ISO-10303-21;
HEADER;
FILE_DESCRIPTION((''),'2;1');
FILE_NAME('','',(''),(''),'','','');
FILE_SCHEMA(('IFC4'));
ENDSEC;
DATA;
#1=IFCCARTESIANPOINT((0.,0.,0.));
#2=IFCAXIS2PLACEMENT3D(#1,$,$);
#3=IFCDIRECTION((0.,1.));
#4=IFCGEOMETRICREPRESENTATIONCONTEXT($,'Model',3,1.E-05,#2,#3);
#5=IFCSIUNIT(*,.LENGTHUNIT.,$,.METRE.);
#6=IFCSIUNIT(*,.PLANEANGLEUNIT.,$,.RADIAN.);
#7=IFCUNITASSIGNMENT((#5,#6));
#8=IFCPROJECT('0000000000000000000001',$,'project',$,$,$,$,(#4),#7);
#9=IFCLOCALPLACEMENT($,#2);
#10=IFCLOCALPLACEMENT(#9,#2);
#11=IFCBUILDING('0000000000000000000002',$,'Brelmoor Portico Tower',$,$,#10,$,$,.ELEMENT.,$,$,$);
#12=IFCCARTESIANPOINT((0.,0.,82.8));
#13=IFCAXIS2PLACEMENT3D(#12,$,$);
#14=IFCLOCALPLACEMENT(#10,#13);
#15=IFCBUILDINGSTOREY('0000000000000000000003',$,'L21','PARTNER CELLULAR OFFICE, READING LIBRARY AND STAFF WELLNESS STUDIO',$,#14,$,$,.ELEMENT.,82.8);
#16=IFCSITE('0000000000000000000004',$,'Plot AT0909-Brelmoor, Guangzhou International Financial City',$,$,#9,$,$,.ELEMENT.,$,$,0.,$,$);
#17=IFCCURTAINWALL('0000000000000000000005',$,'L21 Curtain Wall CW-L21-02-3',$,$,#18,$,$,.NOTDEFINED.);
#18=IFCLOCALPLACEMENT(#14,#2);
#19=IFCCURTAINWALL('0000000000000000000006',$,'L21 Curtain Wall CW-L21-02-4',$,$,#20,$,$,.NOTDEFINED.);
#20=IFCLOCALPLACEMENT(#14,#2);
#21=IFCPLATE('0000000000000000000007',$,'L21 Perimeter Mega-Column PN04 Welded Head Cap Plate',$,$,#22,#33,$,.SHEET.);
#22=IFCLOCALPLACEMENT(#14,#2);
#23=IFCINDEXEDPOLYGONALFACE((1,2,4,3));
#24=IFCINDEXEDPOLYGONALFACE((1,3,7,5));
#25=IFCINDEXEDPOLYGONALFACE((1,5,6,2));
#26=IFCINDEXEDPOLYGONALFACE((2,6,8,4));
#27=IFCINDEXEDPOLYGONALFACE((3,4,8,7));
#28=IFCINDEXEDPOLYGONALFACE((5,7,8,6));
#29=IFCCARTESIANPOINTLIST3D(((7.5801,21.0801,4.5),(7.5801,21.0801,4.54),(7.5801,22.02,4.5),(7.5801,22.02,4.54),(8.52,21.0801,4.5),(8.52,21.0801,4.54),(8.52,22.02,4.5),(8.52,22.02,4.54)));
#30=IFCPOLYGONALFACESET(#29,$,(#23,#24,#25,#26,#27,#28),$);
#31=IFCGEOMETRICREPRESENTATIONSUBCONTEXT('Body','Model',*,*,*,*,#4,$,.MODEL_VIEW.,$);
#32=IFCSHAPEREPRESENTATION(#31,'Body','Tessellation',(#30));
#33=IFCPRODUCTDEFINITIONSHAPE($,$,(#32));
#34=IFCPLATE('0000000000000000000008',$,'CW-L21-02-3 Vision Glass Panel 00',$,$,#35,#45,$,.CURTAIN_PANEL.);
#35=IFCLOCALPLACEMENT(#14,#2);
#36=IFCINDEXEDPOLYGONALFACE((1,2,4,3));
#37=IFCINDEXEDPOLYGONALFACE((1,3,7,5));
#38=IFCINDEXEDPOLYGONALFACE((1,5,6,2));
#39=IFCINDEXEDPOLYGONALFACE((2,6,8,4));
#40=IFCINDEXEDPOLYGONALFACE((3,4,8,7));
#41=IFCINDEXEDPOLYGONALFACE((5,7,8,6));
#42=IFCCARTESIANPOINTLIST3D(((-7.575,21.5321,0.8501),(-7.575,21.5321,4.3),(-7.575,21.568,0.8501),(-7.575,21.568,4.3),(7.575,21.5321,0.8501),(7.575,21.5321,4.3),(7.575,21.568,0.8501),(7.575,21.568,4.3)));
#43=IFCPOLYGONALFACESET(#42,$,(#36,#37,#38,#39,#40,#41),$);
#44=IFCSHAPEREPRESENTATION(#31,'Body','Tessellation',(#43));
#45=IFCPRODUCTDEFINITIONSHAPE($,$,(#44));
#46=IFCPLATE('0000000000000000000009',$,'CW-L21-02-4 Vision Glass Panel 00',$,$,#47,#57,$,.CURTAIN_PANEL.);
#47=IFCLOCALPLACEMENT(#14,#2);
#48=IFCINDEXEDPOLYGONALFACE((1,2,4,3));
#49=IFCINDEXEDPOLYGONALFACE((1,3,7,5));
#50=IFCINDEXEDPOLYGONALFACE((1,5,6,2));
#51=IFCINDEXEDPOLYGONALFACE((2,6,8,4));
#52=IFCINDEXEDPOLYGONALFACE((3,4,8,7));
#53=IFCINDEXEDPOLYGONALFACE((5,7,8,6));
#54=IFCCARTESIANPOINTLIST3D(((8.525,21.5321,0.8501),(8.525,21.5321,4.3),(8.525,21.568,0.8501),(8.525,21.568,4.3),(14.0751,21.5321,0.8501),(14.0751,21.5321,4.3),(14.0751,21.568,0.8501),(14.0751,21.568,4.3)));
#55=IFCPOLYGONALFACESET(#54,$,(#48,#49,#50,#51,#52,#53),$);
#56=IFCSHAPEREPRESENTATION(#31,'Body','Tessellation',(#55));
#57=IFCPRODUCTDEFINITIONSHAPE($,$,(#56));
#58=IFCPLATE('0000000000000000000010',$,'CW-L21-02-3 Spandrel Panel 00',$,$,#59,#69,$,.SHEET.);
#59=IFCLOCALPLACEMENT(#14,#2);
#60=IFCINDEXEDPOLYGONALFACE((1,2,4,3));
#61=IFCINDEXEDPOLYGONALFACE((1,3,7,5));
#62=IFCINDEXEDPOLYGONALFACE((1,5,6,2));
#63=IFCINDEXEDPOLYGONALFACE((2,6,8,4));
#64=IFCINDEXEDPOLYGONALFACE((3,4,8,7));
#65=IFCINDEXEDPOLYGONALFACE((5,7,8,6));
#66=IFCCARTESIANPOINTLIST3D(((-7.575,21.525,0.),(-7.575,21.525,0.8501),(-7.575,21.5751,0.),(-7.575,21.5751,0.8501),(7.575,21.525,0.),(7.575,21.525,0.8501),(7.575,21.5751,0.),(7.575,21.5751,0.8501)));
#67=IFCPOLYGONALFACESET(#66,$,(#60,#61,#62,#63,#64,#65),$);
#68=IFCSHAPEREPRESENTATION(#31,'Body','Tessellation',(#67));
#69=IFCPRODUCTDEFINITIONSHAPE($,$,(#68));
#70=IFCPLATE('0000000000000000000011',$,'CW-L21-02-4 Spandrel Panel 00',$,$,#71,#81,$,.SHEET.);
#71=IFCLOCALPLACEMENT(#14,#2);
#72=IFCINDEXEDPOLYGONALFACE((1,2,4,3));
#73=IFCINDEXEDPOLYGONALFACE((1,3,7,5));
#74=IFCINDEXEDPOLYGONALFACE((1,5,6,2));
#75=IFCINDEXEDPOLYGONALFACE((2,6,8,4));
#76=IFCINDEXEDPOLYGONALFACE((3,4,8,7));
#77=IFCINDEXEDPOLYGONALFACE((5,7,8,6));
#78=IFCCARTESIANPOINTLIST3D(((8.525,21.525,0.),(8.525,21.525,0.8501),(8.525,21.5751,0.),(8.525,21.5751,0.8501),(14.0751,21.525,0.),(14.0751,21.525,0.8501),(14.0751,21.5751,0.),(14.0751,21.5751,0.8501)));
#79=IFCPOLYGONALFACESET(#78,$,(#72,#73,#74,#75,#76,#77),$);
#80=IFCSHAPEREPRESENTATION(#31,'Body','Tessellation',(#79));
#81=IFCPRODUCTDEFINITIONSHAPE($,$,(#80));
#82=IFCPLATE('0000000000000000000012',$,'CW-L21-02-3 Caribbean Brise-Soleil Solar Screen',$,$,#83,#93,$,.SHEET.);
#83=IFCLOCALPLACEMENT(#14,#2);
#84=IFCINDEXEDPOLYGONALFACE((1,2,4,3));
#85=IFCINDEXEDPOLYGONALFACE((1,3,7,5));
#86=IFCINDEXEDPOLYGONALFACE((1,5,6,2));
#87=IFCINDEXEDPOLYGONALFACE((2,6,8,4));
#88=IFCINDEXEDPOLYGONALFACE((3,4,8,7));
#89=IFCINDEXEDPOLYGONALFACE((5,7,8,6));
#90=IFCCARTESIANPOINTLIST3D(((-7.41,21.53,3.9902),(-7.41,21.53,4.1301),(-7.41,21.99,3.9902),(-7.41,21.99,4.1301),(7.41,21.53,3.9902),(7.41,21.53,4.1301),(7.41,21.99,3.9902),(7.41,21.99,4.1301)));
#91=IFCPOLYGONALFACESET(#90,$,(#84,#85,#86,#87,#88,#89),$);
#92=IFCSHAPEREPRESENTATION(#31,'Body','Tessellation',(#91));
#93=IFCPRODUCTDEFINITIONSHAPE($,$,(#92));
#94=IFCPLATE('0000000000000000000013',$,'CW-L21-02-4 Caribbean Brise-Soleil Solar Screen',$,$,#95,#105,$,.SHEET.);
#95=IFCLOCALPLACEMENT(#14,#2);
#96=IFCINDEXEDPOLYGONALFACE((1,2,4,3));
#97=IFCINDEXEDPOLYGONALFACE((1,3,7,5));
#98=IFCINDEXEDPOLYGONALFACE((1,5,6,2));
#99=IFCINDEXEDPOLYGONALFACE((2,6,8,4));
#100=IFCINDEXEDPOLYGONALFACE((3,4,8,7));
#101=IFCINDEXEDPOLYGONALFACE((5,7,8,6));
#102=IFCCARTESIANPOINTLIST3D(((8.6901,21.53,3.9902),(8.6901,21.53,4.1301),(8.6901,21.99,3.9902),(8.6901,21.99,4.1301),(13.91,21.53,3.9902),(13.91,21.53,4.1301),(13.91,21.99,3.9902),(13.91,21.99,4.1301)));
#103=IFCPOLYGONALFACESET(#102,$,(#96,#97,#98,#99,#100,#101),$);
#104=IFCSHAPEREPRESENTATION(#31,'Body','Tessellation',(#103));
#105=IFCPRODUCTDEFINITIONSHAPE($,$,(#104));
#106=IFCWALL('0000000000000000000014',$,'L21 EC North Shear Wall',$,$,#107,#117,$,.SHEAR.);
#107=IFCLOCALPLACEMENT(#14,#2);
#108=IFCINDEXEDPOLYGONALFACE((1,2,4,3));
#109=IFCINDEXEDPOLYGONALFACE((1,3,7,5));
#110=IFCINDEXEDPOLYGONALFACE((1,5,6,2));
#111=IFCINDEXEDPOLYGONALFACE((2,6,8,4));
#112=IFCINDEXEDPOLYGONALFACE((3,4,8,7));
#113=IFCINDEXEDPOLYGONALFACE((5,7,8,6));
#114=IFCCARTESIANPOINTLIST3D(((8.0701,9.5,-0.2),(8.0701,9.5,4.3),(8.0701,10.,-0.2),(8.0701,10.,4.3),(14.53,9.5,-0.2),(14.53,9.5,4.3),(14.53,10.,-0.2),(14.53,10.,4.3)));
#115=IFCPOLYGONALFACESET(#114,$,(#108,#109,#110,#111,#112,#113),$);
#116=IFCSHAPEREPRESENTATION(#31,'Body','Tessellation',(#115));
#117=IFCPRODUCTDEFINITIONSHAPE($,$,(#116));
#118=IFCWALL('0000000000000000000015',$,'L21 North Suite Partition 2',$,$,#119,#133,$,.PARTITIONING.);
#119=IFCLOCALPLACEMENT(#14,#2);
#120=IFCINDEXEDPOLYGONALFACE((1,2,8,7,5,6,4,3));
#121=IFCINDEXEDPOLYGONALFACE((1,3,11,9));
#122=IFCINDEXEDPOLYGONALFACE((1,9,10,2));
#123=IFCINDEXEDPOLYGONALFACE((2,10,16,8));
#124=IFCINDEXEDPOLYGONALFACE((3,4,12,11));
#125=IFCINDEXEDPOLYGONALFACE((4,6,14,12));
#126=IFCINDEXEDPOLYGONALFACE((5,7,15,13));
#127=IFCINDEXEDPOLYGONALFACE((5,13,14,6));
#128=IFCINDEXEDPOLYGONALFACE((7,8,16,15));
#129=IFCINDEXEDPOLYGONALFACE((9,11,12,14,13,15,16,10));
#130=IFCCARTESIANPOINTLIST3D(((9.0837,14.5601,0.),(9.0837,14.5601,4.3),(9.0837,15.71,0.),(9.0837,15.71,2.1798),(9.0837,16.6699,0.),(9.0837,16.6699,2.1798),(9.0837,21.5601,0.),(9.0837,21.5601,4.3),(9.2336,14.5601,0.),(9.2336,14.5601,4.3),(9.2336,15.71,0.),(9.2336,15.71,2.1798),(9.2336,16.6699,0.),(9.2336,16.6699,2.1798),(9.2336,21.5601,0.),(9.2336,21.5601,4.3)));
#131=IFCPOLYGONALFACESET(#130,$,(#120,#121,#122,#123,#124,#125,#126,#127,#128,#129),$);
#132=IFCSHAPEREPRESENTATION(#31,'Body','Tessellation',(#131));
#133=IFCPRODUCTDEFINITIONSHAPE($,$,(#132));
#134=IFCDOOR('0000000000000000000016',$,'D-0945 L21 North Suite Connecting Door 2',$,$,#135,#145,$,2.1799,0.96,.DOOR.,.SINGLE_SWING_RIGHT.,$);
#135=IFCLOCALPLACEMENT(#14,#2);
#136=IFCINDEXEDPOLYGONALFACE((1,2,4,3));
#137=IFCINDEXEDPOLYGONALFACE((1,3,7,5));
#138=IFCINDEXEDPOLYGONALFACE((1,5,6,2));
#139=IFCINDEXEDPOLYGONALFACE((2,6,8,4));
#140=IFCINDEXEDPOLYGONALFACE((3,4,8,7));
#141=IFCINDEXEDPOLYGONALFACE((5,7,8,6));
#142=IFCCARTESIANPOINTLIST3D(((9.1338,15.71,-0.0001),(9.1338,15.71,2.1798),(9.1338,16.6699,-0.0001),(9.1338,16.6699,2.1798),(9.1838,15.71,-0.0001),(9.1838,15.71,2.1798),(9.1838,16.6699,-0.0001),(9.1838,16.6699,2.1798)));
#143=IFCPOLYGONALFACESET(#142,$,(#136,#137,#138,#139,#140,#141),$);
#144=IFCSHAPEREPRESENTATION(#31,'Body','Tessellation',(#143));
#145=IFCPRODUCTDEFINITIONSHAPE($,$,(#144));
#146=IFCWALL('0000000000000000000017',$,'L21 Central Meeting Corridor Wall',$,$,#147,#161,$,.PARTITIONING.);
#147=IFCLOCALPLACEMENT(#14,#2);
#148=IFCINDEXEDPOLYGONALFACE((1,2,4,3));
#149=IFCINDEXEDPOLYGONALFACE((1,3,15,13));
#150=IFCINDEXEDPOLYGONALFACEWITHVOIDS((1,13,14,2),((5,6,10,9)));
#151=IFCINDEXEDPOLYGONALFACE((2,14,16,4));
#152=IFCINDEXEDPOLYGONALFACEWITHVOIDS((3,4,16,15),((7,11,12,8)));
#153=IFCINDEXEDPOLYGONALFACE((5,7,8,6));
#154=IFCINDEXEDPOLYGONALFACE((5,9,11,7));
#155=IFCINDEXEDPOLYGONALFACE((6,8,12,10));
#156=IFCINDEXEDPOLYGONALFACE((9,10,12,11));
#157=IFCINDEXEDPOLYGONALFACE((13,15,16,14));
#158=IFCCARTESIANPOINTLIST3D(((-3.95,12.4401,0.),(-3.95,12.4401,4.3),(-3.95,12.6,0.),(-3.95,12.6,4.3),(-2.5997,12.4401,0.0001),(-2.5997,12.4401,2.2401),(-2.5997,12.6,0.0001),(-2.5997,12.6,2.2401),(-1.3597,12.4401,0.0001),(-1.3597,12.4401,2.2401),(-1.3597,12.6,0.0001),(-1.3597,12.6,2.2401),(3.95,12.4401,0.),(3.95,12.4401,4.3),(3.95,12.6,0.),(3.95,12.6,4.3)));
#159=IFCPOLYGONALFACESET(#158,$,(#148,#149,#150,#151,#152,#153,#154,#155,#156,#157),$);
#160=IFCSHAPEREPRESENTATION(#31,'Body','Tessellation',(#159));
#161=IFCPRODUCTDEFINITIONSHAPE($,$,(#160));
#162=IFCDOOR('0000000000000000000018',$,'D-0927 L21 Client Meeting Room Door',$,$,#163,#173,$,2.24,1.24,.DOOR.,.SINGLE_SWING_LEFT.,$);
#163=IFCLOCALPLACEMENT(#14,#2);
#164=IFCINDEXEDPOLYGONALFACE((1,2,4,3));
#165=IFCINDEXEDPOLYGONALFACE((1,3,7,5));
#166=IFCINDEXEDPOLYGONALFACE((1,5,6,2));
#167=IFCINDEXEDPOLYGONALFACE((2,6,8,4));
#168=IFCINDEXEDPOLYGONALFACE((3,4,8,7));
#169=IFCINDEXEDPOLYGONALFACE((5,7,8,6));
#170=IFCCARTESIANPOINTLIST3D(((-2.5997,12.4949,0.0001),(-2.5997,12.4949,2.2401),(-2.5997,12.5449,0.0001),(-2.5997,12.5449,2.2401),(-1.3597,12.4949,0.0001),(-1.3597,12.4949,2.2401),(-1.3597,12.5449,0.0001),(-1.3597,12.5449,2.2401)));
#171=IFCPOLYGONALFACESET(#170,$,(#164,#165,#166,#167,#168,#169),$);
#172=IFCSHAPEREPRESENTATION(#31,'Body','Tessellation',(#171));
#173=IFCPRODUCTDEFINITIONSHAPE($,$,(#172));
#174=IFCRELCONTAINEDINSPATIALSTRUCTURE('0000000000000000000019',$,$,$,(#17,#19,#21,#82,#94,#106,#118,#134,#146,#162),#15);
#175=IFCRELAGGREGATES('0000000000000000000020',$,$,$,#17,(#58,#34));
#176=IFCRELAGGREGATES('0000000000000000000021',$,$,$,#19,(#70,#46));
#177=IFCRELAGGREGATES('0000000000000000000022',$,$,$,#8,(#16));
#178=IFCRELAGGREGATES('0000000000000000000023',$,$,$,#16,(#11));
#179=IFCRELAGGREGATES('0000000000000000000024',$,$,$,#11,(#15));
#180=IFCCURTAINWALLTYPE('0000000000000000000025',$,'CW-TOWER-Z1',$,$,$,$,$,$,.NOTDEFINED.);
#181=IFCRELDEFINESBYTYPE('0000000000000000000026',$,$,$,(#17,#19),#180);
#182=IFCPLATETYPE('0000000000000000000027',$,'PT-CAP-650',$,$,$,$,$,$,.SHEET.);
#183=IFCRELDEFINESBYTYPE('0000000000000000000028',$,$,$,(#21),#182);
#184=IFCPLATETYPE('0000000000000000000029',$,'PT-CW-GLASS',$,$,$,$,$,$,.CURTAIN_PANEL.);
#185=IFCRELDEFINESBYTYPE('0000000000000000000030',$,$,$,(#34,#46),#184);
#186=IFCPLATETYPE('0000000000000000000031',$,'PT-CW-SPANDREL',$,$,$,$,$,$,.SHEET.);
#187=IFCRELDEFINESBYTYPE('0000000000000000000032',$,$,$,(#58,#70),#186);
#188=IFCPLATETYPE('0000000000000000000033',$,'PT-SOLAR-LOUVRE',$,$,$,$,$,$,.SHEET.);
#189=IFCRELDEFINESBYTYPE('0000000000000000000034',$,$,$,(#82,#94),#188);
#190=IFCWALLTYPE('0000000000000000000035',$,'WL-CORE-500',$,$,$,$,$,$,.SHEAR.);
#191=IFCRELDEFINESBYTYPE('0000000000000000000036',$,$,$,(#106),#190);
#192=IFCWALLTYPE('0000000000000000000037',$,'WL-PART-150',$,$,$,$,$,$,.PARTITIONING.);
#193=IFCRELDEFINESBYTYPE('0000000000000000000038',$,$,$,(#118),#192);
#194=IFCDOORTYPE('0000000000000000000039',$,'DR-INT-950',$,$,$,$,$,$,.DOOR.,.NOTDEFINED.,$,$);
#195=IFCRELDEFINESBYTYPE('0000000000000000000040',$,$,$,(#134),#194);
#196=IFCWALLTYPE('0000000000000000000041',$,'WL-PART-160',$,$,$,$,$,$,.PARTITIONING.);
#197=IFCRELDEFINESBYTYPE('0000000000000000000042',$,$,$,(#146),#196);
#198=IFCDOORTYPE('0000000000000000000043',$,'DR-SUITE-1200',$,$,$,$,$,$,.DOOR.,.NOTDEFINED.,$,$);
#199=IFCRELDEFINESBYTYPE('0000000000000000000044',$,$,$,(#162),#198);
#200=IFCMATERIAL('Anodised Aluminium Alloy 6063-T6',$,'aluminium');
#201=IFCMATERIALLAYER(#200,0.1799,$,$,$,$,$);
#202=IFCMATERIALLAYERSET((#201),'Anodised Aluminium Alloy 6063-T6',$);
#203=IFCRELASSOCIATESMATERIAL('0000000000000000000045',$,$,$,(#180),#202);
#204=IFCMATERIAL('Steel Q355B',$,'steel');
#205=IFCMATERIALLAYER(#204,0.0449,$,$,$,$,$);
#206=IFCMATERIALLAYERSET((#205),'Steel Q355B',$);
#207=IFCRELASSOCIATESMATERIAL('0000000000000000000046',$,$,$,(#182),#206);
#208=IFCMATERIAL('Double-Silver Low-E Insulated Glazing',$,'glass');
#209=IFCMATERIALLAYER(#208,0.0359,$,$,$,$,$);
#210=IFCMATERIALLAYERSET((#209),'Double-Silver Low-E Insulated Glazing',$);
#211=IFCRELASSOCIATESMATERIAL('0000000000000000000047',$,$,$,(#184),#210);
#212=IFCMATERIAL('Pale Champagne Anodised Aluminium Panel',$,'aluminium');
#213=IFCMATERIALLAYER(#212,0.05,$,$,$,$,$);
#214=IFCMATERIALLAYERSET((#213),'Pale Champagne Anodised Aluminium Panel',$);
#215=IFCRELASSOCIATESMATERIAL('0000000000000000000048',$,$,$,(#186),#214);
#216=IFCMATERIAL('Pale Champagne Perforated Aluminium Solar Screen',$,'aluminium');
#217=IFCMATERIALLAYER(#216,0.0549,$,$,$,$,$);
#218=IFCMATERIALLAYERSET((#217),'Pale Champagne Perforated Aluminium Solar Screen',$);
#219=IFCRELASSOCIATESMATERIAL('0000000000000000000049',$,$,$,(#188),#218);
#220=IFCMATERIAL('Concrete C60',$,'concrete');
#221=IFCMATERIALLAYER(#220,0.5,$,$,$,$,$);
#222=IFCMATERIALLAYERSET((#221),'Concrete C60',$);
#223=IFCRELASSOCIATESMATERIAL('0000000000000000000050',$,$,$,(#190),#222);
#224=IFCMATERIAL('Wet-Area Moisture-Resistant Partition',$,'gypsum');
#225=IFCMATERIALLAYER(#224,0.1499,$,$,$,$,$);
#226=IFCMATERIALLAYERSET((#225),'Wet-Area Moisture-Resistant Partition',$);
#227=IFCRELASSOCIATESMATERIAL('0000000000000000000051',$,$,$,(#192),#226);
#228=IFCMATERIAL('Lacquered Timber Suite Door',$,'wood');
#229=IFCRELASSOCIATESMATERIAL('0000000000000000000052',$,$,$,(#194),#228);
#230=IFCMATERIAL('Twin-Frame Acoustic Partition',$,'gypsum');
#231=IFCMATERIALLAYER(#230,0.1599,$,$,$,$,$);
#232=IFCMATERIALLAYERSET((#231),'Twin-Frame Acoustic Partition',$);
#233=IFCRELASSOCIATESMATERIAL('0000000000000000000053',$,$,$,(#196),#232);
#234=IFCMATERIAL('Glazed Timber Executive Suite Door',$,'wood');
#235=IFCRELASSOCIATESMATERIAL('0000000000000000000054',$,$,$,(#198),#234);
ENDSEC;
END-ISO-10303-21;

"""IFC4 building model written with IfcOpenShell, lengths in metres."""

from ifc_helpers import new_model, si_unit, direction, frame, frame_2d, origin, origin_2d, place, context, subcontext, project, spatial, rectangle, extrude, material, layer, layer_set, type_object, element, fill, aggregate, save


model = new_model("IFC4")

# Units and contexts
model_context = context("Model", 3, precision=1e-05, world=origin(), true_north=direction((0.0, 1.0)))
body_context = subcontext(model_context, "Body", "Model", "MODEL_VIEW")
ifc_project = project(units=[si_unit("LENGTHUNIT", "METRE"), si_unit("PLANEANGLEUNIT", "RADIAN")], contexts=[model_context])

# Site, building, storey
site_placement = place(None, origin())
site = spatial("IfcSite", under=ifc_project, at=site_placement, Name="Plot AT0909-Brelmoor, Guangzhou International Financial City", CompositionType="ELEMENT", RefElevation=0.0)
building_placement = place(site_placement, origin())
building = spatial("IfcBuilding", under=site, at=building_placement, Name="Brelmoor Portico Tower", CompositionType="ELEMENT")
storey_placement = place(building_placement, frame((0.0, 0.0, 82.8)))
storey = spatial("IfcBuildingStorey", under=building, at=storey_placement, Name="L21", Description="PARTNER CELLULAR OFFICE, READING LIBRARY AND STAFF WELLNESS STUDIO", CompositionType="ELEMENT", Elevation=82.8)

# Shared definitions
ifc_material_1 = material(Name="Steel Q355B", Category="steel")

# Curtain wall
ifc_material_2 = material(Name="Anodised Aluminium Alloy 6063-T6", Category="aluminium")
ifc_layer_1 = layer(ifc_material_2, 0.1799)
ifc_layer_set_1 = layer_set([ifc_layer_1], Name="Anodised Aluminium Alloy 6063-T6")
curtain_wall_type = type_object("IfcCurtainWallType", Name="CW-TOWER-Z1", PredefinedType="NOTDEFINED", material=ifc_layer_set_1)
curtain_wall_1_placement = place(storey_placement, origin())
curtain_wall_1 = element("IfcCurtainWall", 1, at=curtain_wall_1_placement, inside=storey, type_object=curtain_wall_type, Name="L21 Curtain Wall CW-L21-02-3", PredefinedType="NOTDEFINED")

# Curtain wall
curtain_wall_2_placement = place(storey_placement, origin())
curtain_wall_2 = element("IfcCurtainWall", 2, at=curtain_wall_2_placement, inside=storey, type_object=curtain_wall_type, Name="L21 Curtain Wall CW-L21-02-4", PredefinedType="NOTDEFINED")

# Plates
ifc_layer_2 = layer(ifc_material_1, 0.0449)
ifc_layer_set_2 = layer_set([ifc_layer_2], Name="Steel Q355B")
plate_type_1 = type_object("IfcPlateType", Name="PT-CAP-650", PredefinedType="SHEET", material=ifc_layer_set_2)
plate_1_placement = place(storey_placement, frame((8.05, 21.55, 4.5), z_axis=(0.0, 0.0, 1.0), x_axis=(1.0, 0.0, 0.0)))
element("IfcPlate", 3, at=plate_1_placement, inside=storey, type_object=plate_type_1, Name="L21 Perimeter Mega-Column PN04 Welded Head Cap Plate", PredefinedType="SHEET", context=body_context, shape_type="SweptSolid", body=[
    extrude(rectangle(XDim=0.9399, YDim=0.9399, at=origin_2d()), origin(), (0.0, 0.0, 1.0), 0.04),
])
ifc_material_3 = material(Name="Double-Silver Low-E Insulated Glazing", Category="glass")
ifc_layer_3 = layer(ifc_material_3, 0.0359)
ifc_layer_set_3 = layer_set([ifc_layer_3], Name="Double-Silver Low-E Insulated Glazing")
plate_type_2 = type_object("IfcPlateType", Name="PT-CW-GLASS", PredefinedType="CURTAIN_PANEL", material=ifc_layer_set_3)
plate_2_placement = place(storey_placement, frame((0.0, 21.55, 0.8501), z_axis=(0.0, 0.0, 1.0), x_axis=(1.0, 0.0, 0.0)))
plate_2 = element("IfcPlate", 4, at=plate_2_placement, type_object=plate_type_2, Name="CW-L21-02-3 Vision Glass Panel 00", PredefinedType="CURTAIN_PANEL", context=body_context, shape_type="SweptSolid", body=[
    extrude(rectangle(XDim=15.1499, YDim=0.0359, at=origin_2d()), origin(), (0.0, 0.0, 1.0), 3.45),
])
plate_3_placement = place(storey_placement, frame((11.3, 21.55, 0.8501), z_axis=(0.0, 0.0, 1.0), x_axis=(1.0, 0.0, 0.0)))
plate_3 = element("IfcPlate", 5, at=plate_3_placement, type_object=plate_type_2, Name="CW-L21-02-4 Vision Glass Panel 00", PredefinedType="CURTAIN_PANEL", context=body_context, shape_type="SweptSolid", body=[
    extrude(rectangle(XDim=5.55, YDim=0.0359, at=origin_2d()), origin(), (0.0, 0.0, 1.0), 3.45),
])
ifc_material_4 = material(Name="Pale Champagne Anodised Aluminium Panel", Category="aluminium")
ifc_layer_4 = layer(ifc_material_4, 0.05)
ifc_layer_set_4 = layer_set([ifc_layer_4], Name="Pale Champagne Anodised Aluminium Panel")
plate_type_3 = type_object("IfcPlateType", Name="PT-CW-SPANDREL", PredefinedType="SHEET", material=ifc_layer_set_4)
plate_4_placement = place(storey_placement, frame((0.0, 21.55, 0.0), z_axis=(0.0, 0.0, 1.0), x_axis=(1.0, 0.0, 0.0)))
plate_4 = element("IfcPlate", 6, at=plate_4_placement, type_object=plate_type_3, Name="CW-L21-02-3 Spandrel Panel 00", PredefinedType="SHEET", context=body_context, shape_type="SweptSolid", body=[
    extrude(rectangle(XDim=15.1499, YDim=0.05, at=origin_2d()), origin(), (0.0, 0.0, 1.0), 0.8501),
])
aggregate(curtain_wall_1, [plate_4, plate_2])
plate_5_placement = place(storey_placement, frame((11.3, 21.55, 0.0), z_axis=(0.0, 0.0, 1.0), x_axis=(1.0, 0.0, 0.0)))
plate_5 = element("IfcPlate", 7, at=plate_5_placement, type_object=plate_type_3, Name="CW-L21-02-4 Spandrel Panel 00", PredefinedType="SHEET", context=body_context, shape_type="SweptSolid", body=[
    extrude(rectangle(XDim=5.55, YDim=0.05, at=origin_2d()), origin(), (0.0, 0.0, 1.0), 0.8501),
])
aggregate(curtain_wall_2, [plate_5, plate_3])

# Plates
ifc_material_5 = material(Name="Pale Champagne Perforated Aluminium Solar Screen", Category="aluminium")
ifc_layer_5 = layer(ifc_material_5, 0.0549)
ifc_layer_set_5 = layer_set([ifc_layer_5], Name="Pale Champagne Perforated Aluminium Solar Screen")
plate_type_4 = type_object("IfcPlateType", Name="PT-SOLAR-LOUVRE", PredefinedType="SHEET", material=ifc_layer_set_5)
plate_6_placement = place(storey_placement, frame((0.0, 21.76, 3.9902), z_axis=(0.0, 0.0, 1.0), x_axis=(1.0, 0.0, 0.0)))
element("IfcPlate", 8, at=plate_6_placement, inside=storey, type_object=plate_type_4, Name="CW-L21-02-3 Caribbean Brise-Soleil Solar Screen", PredefinedType="SHEET", context=body_context, shape_type="SweptSolid", body=[
    extrude(rectangle(XDim=14.8201, YDim=0.46, at=origin_2d()), origin(), (0.0, 0.0, 1.0), 0.1399),
])
plate_7_placement = place(storey_placement, frame((11.3, 21.76, 3.9902), z_axis=(0.0, 0.0, 1.0), x_axis=(1.0, 0.0, 0.0)))
element("IfcPlate", 9, at=plate_7_placement, inside=storey, type_object=plate_type_4, Name="CW-L21-02-4 Caribbean Brise-Soleil Solar Screen", PredefinedType="SHEET", context=body_context, shape_type="SweptSolid", body=[
    extrude(rectangle(XDim=5.22, YDim=0.46, at=origin_2d()), origin(), (0.0, 0.0, 1.0), 0.1399),
])

# Wall
ifc_material_6 = material(Name="Concrete C60", Category="concrete")
ifc_layer_6 = layer(ifc_material_6, 0.5)
ifc_layer_set_6 = layer_set([ifc_layer_6], Name="Concrete C60")
wall_type_1 = type_object("IfcWallType", Name="WL-CORE-500", PredefinedType="SHEAR", material=ifc_layer_set_6)
wall_1_placement = place(storey_placement, frame((8.0701, 9.75, -0.2), z_axis=(0.0, 0.0, 1.0), x_axis=(1.0, 0.0, 0.0)))
element("IfcWall", 10, at=wall_1_placement, inside=storey, type_object=wall_type_1, Name="L21 EC North Shear Wall", PredefinedType="SHEAR", context=body_context, shape_type="SweptSolid", body=[
    extrude(rectangle(XDim=6.46, YDim=0.5, at=frame_2d((3.23, 0.0))), origin(), (0.0, 0.0, 1.0), 4.5),
])

# Walls, openings, doors
ifc_material_7 = material(Name="Wet-Area Moisture-Resistant Partition", Category="gypsum")
ifc_layer_7 = layer(ifc_material_7, 0.1499)
ifc_layer_set_7 = layer_set([ifc_layer_7], Name="Wet-Area Moisture-Resistant Partition")
wall_type_2 = type_object("IfcWallType", Name="WL-PART-150", PredefinedType="PARTITIONING", material=ifc_layer_set_7)
wall_2_placement = place(storey_placement, frame((9.1587, 14.5601, 0.0), z_axis=(0.0, 0.0, 1.0), x_axis=(0.0, 1.0, 0.0)))
wall_2 = element("IfcWall", 11, at=wall_2_placement, inside=storey, type_object=wall_type_2, Name="L21 North Suite Partition 2", PredefinedType="PARTITIONING", context=body_context, shape_type="SweptSolid", body=[
    extrude(rectangle(XDim=7.0, YDim=0.1499, at=frame_2d((3.5, 0.0))), origin(), (0.0, 0.0, 1.0), 4.3),
])
opening_1_placement = place(wall_2_placement, frame((1.1499, 0.0, 0.0)))
opening_1 = element("IfcOpeningElement", 12, at=opening_1_placement, cuts=wall_2, PredefinedType="OPENING", context=body_context, shape_type="SweptSolid", body=[
    extrude(rectangle(XDim=0.96, YDim=2.1799, at=frame_2d((0.48, 1.0898))), frame((0.0, 0.085, 0.0), z_axis=(0.0, -1.0, 0.0), x_axis=(1.0, 0.0, 0.0)), (0.0, 0.0, 1.0), 0.1699),
])
ifc_material_8 = material(Name="Lacquered Timber Suite Door", Category="wood")
door_type_1 = type_object("IfcDoorType", Name="DR-INT-950", OperationType="NOTDEFINED", PredefinedType="DOOR", material=ifc_material_8)
door_1_placement = place(opening_1_placement, origin())
door_1 = element("IfcDoor", 13, at=door_1_placement, inside=storey, type_object=door_type_1, Name="D-0945 L21 North Suite Connecting Door 2", OperationType="SINGLE_SWING_RIGHT", OverallHeight=2.1799, OverallWidth=0.96, PredefinedType="DOOR", context=body_context, shape_type="SweptSolid", body=[
    extrude(rectangle(XDim=0.96, YDim=2.1799, at=frame_2d((0.48, 1.0898))), frame((0.0, 0.0249, 0.0), z_axis=(0.0, -1.0, 0.0), x_axis=(1.0, 0.0, 0.0)), (0.0, 0.0, 1.0), 0.05),
])
fill(opening_1, door_1)
ifc_material_9 = material(Name="Twin-Frame Acoustic Partition", Category="gypsum")
ifc_layer_8 = layer(ifc_material_9, 0.1599)
ifc_layer_set_8 = layer_set([ifc_layer_8], Name="Twin-Frame Acoustic Partition")
wall_type_3 = type_object("IfcWallType", Name="WL-PART-160", PredefinedType="PARTITIONING", material=ifc_layer_set_8)
wall_3_placement = place(storey_placement, frame((-3.95, 12.52, 0.0), z_axis=(0.0, 0.0, 1.0), x_axis=(1.0, 0.0, 0.0)))
wall_3 = element("IfcWall", 14, at=wall_3_placement, inside=storey, type_object=wall_type_3, Name="L21 Central Meeting Corridor Wall", PredefinedType="PARTITIONING", context=body_context, shape_type="SweptSolid", body=[
    extrude(rectangle(XDim=7.8999, YDim=0.1599, at=frame_2d((3.95, 0.0))), origin(), (0.0, 0.0, 1.0), 4.3),
])
opening_2_placement = place(wall_3_placement, frame((1.3501, 0.0, 0.0)))
opening_2 = element("IfcOpeningElement", 15, at=opening_2_placement, cuts=wall_3, PredefinedType="OPENING", context=body_context, shape_type="SweptSolid", body=[
    extrude(rectangle(XDim=1.24, YDim=2.24, at=frame_2d((0.6201, 1.1201))), frame((0.0, 0.0898, 0.0), z_axis=(0.0, -1.0, 0.0), x_axis=(1.0, 0.0, 0.0)), (0.0, 0.0, 1.0), 0.1799),
])
ifc_material_10 = material(Name="Glazed Timber Executive Suite Door", Category="wood")
door_type_2 = type_object("IfcDoorType", Name="DR-SUITE-1200", OperationType="NOTDEFINED", PredefinedType="DOOR", material=ifc_material_10)
door_2_placement = place(opening_2_placement, origin())
door_2 = element("IfcDoor", 16, at=door_2_placement, inside=storey, type_object=door_type_2, Name="D-0927 L21 Client Meeting Room Door", OperationType="SINGLE_SWING_LEFT", OverallHeight=2.24, OverallWidth=1.24, PredefinedType="DOOR", context=body_context, shape_type="SweptSolid", body=[
    extrude(rectangle(XDim=1.24, YDim=2.24, at=frame_2d((0.6201, 1.1201))), frame((0.0, 0.0249, 0.0), z_axis=(0.0, -1.0, 0.0), x_axis=(1.0, 0.0, 0.0)), (0.0, 0.0, 1.0), 0.05),
])
fill(opening_2, door_2)

save(model, "model.ifc")
